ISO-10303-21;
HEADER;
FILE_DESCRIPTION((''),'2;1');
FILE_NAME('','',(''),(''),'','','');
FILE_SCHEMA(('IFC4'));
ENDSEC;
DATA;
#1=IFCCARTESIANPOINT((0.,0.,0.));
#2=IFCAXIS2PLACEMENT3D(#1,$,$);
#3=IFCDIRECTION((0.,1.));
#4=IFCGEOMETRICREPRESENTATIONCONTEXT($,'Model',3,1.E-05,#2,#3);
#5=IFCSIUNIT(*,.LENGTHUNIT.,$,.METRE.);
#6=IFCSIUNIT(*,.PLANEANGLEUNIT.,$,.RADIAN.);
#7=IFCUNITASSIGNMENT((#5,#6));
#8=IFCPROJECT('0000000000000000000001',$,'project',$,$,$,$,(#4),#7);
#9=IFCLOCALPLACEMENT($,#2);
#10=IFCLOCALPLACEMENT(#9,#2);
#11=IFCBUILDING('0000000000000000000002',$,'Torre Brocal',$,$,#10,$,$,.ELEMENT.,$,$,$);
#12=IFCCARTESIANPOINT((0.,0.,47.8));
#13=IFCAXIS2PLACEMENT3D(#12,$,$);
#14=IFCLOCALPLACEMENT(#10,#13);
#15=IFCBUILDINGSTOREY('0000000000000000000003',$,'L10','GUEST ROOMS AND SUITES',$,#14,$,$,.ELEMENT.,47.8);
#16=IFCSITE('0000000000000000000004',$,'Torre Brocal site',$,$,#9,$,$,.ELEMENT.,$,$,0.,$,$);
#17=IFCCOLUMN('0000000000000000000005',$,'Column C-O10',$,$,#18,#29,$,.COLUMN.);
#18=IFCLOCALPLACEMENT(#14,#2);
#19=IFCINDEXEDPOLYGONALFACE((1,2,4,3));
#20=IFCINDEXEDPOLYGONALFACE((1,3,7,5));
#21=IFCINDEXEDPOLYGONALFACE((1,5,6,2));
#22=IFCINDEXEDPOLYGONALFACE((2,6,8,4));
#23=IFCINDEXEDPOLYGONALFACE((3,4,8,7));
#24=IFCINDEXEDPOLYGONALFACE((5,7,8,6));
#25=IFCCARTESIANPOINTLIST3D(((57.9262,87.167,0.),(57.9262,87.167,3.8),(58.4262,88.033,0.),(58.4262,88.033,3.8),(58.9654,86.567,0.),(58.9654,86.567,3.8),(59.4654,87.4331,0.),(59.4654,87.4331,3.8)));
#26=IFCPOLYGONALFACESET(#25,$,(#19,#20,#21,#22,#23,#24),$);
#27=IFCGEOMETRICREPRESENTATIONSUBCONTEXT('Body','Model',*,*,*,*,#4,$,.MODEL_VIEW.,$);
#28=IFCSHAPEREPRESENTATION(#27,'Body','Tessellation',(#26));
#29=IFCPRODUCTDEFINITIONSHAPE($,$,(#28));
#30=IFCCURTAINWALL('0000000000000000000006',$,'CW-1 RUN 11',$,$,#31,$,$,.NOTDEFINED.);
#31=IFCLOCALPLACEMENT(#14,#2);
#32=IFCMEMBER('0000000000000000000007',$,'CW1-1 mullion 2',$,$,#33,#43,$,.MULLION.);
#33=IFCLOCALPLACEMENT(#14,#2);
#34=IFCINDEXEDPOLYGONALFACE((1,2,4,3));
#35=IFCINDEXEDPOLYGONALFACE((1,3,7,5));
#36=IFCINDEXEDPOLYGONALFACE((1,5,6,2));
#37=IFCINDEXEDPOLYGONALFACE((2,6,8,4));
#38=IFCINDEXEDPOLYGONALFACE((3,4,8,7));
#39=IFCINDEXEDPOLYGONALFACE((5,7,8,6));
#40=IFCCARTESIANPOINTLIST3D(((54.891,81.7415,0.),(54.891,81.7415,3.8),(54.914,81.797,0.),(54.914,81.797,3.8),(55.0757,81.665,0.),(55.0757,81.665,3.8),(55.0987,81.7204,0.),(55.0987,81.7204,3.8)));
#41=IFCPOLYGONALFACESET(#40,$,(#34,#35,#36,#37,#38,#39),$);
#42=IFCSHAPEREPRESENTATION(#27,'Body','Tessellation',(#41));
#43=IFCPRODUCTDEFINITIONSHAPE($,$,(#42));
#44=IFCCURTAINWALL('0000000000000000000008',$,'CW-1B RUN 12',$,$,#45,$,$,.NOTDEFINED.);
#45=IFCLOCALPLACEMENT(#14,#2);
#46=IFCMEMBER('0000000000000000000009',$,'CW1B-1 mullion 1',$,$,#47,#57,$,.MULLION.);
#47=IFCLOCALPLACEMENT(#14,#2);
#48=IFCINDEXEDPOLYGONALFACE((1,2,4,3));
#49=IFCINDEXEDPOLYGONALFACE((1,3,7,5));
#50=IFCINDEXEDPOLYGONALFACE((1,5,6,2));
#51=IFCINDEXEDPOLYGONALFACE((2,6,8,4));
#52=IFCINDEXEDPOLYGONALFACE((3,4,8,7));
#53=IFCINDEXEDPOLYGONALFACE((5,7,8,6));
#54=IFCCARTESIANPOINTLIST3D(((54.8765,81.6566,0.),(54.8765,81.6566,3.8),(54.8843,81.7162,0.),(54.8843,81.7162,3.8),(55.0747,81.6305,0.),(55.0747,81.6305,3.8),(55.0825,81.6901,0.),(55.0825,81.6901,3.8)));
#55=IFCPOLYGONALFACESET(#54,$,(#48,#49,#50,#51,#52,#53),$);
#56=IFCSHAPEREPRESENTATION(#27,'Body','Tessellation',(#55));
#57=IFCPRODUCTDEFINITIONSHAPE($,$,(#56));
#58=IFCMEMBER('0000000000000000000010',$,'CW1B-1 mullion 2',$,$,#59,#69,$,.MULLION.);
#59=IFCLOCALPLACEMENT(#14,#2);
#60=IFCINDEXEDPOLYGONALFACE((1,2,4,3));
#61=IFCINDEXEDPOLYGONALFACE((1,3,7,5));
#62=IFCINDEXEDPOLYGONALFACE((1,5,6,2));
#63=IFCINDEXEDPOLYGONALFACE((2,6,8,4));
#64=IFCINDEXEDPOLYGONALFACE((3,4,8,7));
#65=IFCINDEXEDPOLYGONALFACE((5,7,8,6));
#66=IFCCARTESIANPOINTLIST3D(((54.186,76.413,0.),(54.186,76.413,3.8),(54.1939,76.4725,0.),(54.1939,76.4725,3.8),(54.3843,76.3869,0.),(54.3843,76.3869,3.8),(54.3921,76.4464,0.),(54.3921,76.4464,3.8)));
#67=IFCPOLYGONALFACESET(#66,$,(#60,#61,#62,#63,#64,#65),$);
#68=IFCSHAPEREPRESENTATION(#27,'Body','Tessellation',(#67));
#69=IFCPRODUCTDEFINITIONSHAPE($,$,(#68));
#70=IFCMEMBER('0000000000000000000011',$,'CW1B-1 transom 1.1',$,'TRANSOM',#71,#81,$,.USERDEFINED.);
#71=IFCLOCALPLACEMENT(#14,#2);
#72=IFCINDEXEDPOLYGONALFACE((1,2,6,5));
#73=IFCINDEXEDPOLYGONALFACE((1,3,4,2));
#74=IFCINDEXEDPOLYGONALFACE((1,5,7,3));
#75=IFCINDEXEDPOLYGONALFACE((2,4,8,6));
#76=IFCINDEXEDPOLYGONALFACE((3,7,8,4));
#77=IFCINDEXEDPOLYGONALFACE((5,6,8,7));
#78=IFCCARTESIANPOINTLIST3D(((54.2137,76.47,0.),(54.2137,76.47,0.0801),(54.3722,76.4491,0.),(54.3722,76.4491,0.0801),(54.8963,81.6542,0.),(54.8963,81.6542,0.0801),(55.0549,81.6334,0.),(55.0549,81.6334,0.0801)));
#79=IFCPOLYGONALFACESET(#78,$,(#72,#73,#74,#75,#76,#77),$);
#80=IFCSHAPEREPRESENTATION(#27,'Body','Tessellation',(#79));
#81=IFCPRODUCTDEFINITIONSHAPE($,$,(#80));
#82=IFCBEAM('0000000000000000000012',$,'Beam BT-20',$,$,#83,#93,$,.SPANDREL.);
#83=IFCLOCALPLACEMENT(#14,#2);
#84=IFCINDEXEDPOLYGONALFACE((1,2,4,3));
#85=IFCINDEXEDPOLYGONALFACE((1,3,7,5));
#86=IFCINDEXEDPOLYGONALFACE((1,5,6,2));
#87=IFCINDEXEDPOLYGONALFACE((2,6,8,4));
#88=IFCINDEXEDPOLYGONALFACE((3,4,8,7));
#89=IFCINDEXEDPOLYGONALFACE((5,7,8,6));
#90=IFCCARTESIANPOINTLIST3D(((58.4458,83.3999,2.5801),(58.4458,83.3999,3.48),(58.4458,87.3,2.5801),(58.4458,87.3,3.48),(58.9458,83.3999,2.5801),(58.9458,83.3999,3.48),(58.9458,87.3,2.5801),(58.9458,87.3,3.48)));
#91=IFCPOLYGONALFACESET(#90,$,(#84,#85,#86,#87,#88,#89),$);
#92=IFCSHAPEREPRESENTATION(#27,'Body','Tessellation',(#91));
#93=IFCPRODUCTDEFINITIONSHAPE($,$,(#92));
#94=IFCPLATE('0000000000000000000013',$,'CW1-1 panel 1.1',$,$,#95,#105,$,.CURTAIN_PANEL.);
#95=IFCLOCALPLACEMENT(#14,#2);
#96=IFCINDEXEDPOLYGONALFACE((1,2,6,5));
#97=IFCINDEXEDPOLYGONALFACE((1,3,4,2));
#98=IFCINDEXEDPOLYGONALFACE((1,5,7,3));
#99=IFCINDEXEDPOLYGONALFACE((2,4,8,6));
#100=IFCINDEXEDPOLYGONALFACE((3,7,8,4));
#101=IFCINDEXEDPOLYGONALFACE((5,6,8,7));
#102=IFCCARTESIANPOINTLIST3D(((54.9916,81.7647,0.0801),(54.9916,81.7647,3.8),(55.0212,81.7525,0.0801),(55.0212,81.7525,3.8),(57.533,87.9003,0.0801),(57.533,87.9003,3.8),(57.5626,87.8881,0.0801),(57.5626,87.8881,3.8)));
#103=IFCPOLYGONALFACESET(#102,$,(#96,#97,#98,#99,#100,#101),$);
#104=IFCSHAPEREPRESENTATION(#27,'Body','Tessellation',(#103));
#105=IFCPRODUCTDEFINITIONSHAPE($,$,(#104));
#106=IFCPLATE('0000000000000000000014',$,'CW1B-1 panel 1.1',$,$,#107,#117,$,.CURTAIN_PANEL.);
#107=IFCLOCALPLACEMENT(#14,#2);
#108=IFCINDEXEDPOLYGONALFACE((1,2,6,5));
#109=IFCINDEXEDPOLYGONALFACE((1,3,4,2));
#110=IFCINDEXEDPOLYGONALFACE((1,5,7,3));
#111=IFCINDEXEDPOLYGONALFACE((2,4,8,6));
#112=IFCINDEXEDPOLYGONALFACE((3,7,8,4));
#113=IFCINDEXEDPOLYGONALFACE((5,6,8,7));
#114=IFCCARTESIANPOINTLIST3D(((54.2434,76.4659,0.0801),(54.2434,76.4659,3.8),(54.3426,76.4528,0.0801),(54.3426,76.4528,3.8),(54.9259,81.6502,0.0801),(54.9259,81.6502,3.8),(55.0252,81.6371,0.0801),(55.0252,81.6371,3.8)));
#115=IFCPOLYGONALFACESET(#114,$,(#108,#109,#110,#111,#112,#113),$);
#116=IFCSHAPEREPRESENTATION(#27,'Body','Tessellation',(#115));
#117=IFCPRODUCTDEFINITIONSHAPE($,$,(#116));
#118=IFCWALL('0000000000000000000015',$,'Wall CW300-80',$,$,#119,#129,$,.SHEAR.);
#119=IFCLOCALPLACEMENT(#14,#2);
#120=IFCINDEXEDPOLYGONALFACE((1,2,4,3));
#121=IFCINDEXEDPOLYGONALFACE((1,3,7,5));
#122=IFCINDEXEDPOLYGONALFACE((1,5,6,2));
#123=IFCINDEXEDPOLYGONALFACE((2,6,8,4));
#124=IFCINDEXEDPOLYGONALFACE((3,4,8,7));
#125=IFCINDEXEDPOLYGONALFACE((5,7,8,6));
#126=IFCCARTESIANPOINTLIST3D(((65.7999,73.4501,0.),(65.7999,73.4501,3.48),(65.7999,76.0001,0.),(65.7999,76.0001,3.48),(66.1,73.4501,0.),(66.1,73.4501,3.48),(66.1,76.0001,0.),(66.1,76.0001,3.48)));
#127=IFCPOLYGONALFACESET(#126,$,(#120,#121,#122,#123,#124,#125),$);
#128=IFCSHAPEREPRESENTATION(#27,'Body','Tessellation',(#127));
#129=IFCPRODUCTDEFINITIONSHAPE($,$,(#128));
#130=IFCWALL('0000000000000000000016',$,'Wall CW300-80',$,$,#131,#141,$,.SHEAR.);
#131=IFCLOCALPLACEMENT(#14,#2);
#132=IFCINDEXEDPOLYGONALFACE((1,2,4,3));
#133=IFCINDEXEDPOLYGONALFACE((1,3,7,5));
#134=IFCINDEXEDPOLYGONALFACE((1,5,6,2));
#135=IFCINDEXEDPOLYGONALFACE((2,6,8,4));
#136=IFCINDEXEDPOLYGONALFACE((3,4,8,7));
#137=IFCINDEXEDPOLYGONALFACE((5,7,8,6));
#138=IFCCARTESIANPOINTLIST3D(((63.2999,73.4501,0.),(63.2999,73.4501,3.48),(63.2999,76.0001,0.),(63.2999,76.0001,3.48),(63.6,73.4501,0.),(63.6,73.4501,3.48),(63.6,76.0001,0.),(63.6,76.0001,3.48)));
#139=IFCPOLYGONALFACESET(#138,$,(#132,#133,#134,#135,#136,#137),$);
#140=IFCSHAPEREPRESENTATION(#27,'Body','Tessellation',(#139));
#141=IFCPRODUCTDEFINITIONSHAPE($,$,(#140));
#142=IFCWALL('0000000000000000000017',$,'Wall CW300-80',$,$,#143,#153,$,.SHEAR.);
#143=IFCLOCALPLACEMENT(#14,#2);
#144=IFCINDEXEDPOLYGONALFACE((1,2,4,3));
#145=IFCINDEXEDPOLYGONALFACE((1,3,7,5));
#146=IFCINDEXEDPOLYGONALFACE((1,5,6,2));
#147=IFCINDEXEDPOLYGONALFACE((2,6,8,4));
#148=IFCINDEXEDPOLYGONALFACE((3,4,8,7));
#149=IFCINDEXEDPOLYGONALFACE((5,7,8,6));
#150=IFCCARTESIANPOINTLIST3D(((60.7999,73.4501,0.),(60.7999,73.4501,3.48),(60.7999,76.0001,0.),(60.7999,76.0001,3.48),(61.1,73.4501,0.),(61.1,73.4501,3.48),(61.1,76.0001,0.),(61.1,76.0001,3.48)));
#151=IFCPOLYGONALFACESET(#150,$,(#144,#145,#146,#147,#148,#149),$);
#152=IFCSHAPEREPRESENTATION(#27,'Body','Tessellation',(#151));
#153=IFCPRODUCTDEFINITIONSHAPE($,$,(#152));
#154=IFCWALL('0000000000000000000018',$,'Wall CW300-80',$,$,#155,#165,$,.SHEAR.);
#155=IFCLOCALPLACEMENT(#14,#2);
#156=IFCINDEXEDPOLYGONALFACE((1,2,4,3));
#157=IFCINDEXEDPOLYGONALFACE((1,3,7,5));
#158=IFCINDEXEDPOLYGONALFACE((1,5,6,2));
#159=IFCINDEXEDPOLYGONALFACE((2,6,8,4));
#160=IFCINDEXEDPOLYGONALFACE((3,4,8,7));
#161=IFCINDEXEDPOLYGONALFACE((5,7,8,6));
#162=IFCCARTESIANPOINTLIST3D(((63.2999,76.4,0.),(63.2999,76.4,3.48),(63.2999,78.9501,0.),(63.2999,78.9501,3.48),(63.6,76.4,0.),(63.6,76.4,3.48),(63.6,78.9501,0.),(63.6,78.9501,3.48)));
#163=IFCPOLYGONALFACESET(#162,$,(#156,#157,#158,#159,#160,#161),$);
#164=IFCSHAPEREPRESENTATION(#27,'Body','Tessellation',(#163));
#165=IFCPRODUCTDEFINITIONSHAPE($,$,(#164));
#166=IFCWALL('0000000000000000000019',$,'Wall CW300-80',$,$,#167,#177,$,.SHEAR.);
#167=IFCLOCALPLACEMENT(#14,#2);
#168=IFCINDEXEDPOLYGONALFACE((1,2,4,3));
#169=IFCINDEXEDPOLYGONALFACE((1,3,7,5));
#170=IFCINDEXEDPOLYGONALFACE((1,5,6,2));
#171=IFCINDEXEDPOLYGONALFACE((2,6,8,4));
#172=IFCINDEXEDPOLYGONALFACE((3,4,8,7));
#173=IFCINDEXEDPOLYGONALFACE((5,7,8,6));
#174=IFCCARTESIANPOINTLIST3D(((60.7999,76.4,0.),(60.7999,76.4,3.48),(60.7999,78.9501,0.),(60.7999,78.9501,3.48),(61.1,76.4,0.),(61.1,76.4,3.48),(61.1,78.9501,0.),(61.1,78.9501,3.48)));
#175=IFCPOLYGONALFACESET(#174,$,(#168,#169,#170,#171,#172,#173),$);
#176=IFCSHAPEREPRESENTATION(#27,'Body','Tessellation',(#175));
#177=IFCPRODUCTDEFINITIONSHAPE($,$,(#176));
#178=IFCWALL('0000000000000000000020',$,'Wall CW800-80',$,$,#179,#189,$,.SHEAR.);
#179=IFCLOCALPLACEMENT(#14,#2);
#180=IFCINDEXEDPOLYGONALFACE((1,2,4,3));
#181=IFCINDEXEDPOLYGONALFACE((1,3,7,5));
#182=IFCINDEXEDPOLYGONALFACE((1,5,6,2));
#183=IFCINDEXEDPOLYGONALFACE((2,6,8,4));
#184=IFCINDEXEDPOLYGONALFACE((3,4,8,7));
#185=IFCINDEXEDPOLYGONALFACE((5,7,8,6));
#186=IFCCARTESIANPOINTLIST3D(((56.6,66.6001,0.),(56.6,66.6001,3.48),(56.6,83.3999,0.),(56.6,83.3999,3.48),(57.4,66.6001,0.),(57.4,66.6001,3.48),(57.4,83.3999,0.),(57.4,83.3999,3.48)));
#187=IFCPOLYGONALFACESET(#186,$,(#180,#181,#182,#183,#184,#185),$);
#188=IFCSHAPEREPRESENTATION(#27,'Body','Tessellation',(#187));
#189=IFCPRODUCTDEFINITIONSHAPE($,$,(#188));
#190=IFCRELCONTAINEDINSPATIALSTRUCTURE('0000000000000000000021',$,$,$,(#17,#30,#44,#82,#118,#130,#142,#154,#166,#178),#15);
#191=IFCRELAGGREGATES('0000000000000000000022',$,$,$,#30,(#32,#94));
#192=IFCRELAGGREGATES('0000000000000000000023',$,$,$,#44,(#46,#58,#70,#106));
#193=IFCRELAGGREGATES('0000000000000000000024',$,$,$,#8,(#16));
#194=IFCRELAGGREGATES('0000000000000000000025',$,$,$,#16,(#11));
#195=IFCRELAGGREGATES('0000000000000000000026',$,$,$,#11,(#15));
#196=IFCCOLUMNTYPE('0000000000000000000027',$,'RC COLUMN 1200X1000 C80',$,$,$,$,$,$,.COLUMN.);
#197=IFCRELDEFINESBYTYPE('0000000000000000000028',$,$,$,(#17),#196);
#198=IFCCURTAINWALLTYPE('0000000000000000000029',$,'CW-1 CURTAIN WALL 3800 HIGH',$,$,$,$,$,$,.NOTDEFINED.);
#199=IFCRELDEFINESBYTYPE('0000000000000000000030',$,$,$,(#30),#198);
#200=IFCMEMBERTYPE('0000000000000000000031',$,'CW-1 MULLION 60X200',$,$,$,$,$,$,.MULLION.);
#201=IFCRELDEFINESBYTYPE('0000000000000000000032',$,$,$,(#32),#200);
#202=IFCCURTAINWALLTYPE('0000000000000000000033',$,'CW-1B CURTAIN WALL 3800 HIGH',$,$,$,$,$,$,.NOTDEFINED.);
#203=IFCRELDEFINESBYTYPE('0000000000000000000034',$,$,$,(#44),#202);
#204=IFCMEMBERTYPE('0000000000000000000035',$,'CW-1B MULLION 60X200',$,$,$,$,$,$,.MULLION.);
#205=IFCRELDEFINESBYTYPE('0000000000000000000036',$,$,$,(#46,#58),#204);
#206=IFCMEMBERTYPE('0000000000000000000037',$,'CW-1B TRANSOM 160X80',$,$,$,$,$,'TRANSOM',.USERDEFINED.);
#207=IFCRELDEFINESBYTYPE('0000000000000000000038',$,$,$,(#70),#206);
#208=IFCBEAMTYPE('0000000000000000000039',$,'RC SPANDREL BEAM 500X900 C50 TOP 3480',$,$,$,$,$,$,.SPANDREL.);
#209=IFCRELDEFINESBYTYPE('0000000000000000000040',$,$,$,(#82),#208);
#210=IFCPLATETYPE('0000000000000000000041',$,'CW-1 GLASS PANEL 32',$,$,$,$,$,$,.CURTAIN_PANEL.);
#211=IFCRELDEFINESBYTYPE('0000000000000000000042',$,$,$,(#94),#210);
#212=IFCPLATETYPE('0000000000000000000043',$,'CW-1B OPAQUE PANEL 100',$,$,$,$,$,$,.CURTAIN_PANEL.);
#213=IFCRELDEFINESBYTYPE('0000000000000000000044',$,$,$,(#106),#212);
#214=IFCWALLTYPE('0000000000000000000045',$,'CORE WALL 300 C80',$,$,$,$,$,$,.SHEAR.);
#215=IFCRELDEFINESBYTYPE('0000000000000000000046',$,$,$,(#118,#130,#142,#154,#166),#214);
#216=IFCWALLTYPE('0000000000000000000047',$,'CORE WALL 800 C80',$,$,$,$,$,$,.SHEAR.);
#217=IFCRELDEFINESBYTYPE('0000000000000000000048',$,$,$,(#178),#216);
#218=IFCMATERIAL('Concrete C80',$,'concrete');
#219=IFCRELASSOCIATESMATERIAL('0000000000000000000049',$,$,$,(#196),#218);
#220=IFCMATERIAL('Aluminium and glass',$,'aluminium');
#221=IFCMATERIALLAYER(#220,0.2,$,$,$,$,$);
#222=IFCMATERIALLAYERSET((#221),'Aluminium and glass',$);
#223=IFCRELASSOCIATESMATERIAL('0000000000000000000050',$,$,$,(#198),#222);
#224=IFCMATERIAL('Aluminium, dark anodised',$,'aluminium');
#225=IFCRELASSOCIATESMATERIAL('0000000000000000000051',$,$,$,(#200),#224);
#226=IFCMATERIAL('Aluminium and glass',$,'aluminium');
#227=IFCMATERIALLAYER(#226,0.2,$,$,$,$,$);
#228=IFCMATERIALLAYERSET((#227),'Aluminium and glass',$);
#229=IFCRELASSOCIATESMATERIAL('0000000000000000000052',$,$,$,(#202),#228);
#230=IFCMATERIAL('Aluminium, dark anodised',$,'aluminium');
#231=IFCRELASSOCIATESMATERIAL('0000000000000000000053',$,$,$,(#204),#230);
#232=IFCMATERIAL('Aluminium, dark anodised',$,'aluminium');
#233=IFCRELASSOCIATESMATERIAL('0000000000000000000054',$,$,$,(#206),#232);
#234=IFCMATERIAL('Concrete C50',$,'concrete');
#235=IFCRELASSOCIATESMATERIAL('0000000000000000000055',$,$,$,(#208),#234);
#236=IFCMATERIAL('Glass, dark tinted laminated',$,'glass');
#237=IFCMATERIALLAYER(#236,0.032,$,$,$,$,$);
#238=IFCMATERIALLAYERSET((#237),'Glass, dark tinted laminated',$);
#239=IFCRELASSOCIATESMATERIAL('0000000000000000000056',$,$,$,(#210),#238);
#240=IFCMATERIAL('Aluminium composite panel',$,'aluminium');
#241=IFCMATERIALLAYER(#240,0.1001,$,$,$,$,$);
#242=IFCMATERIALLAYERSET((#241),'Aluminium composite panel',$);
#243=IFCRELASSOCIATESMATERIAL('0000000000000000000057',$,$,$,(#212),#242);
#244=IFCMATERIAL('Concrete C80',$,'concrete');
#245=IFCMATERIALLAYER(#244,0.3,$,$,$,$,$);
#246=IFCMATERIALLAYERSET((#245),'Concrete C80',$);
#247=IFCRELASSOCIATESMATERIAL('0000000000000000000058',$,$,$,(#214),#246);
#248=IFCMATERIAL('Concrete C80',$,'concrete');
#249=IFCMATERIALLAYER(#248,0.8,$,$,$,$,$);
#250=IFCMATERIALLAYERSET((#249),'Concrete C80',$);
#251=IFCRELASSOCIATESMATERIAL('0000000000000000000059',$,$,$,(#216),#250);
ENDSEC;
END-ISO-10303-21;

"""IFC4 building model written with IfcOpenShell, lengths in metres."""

from ifc_helpers import new_model, si_unit, direction, frame, frame_2d, origin, origin_2d, place, context, subcontext, project, spatial, rectangle, extrude, material, layer, layer_set, material_profile, profile_set, type_object, element, aggregate, save


model = new_model("IFC4")

# Units and contexts
model_context = context("Model", 3, precision=1e-05, world=origin(), true_north=direction((0.0, 1.0)))
body_context = subcontext(model_context, "Body", "Model", "MODEL_VIEW")
ifc_project = project(units=[si_unit("LENGTHUNIT", "METRE"), si_unit("PLANEANGLEUNIT", "RADIAN")], contexts=[model_context])

# Site, building, storey
site_placement = place(None, origin())
site = spatial("IfcSite", under=ifc_project, at=site_placement, Name="Torre Brocal site", CompositionType="ELEMENT", RefElevation=0.0)
building_placement = place(site_placement, origin())
building = spatial("IfcBuilding", under=site, at=building_placement, Name="Torre Brocal", CompositionType="ELEMENT")
storey_placement = place(building_placement, frame((0.0, 0.0, 47.8)))
storey = spatial("IfcBuildingStorey", under=building, at=storey_placement, Name="L10", Description="GUEST ROOMS AND SUITES", CompositionType="ELEMENT", Elevation=47.8)

# Column
ifc_material_1 = material(Name="Concrete C80", Category="concrete")
ifc_material_profile_1 = material_profile(ifc_material_1, rectangle(XDim=1.2, YDim=1.0, at=origin_2d()), Name="RC 1200X1000")
ifc_profile_set_1 = profile_set([ifc_material_profile_1], Name="Concrete C80")
column_type = type_object("IfcColumnType", Name="RC COLUMN 1200X1000 C80", PredefinedType="COLUMN", material=ifc_profile_set_1)
column_placement = place(storey_placement, frame((58.6958, 87.3, 0.0), z_axis=(0.0, 0.0, 1.0), x_axis=(-0.866025, 0.5, 0.0)))
element("IfcColumn", 1, at=column_placement, inside=storey, type_object=column_type, Name="Column C-O10", PredefinedType="COLUMN", context=body_context, shape_type="SweptSolid", body=[
    extrude(rectangle(XDim=1.2, YDim=1.0, at=origin_2d()), origin(), (0.0, 0.0, 1.0), 3.8),
])

# Curtain wall, member
ifc_material_2 = material(Name="Aluminium and glass", Category="aluminium")
ifc_layer_1 = layer(ifc_material_2, 0.2)
ifc_layer_set_1 = layer_set([ifc_layer_1], Name="Aluminium and glass")
curtain_wall_type_1 = type_object("IfcCurtainWallType", Name="CW-1 CURTAIN WALL 3800 HIGH", PredefinedType="NOTDEFINED", material=ifc_layer_set_1)
curtain_wall_1_placement = place(storey_placement, origin())
curtain_wall_1 = element("IfcCurtainWall", 2, at=curtain_wall_1_placement, inside=storey, type_object=curtain_wall_type_1, Name="CW-1 RUN 11", PredefinedType="NOTDEFINED")
ifc_material_3 = material(Name="Aluminium, dark anodised", Category="aluminium")
ifc_material_profile_2 = material_profile(ifc_material_3, rectangle(XDim=0.2, YDim=0.0601, at=origin_2d()), Name="CW-1 MULLION 60X200")
ifc_profile_set_2 = profile_set([ifc_material_profile_2], Name="Aluminium, dark anodised")
member_type_1 = type_object("IfcMemberType", Name="CW-1 MULLION 60X200", PredefinedType="MULLION", material=ifc_profile_set_2)
member_1_placement = place(storey_placement, frame((54.9949, 81.731, 0.0), z_axis=(0.0, 0.0, 1.0), x_axis=(0.92388, -0.382683, 0.0)))
member_1 = element("IfcMember", 3, at=member_1_placement, type_object=member_type_1, Name="CW1-1 mullion 2", PredefinedType="MULLION", context=body_context, shape_type="SweptSolid", body=[
    extrude(rectangle(XDim=0.2, YDim=0.0601, at=origin_2d()), origin(), (0.0, 0.0, 1.0), 3.8),
])

# Curtain wall, members
ifc_material_4 = material(Name="Aluminium and glass", Category="aluminium")
ifc_layer_2 = layer(ifc_material_4, 0.2)
ifc_layer_set_2 = layer_set([ifc_layer_2], Name="Aluminium and glass")
curtain_wall_type_2 = type_object("IfcCurtainWallType", Name="CW-1B CURTAIN WALL 3800 HIGH", PredefinedType="NOTDEFINED", material=ifc_layer_set_2)
curtain_wall_2_placement = place(storey_placement, origin())
curtain_wall_2 = element("IfcCurtainWall", 4, at=curtain_wall_2_placement, inside=storey, type_object=curtain_wall_type_2, Name="CW-1B RUN 12", PredefinedType="NOTDEFINED")
ifc_material_5 = material(Name="Aluminium, dark anodised", Category="aluminium")
ifc_material_profile_3 = material_profile(ifc_material_5, rectangle(XDim=0.2, YDim=0.0601, at=origin_2d()), Name="CW-1B MULLION 60X200")
ifc_profile_set_3 = profile_set([ifc_material_profile_3], Name="Aluminium, dark anodised")
member_type_2 = type_object("IfcMemberType", Name="CW-1B MULLION 60X200", PredefinedType="MULLION", material=ifc_profile_set_3)
member_2_placement = place(storey_placement, frame((54.9795, 81.6733, 0.0), z_axis=(0.0, 0.0, 1.0), x_axis=(0.991445, -0.130526, 0.0)))
member_2 = element("IfcMember", 5, at=member_2_placement, type_object=member_type_2, Name="CW1B-1 mullion 1", PredefinedType="MULLION", context=body_context, shape_type="SweptSolid", body=[
    extrude(rectangle(XDim=0.2, YDim=0.0601, at=origin_2d()), origin(), (0.0, 0.0, 1.0), 3.8),
])
member_3_placement = place(storey_placement, frame((54.2891, 76.4297, 0.0), z_axis=(0.0, 0.0, 1.0), x_axis=(0.991445, -0.130526, 0.0)))
member_3 = element("IfcMember", 6, at=member_3_placement, type_object=member_type_2, Name="CW1B-1 mullion 2", PredefinedType="MULLION", context=body_context, shape_type="SweptSolid", body=[
    extrude(rectangle(XDim=0.2, YDim=0.0601, at=origin_2d()), origin(), (0.0, 0.0, 1.0), 3.8),
])
ifc_material_6 = material(Name="Aluminium, dark anodised", Category="aluminium")
ifc_material_profile_4 = material_profile(ifc_material_6, rectangle(XDim=0.1599, YDim=0.0801, at=origin_2d()), Name="CW-1B TRANSOM 160X80")
ifc_profile_set_4 = profile_set([ifc_material_profile_4], Name="Aluminium, dark anodised")
member_type_3 = type_object("IfcMemberType", Name="CW-1B TRANSOM 160X80", ElementType="TRANSOM", PredefinedType="USERDEFINED", material=ifc_profile_set_4)
member_4_placement = place(storey_placement, frame((54.9756, 81.6438, 0.04), z_axis=(-0.130543, -0.991443, 0.0), x_axis=(0.991443, -0.130543, 0.0)))
member_4 = element("IfcMember", 7, at=member_4_placement, type_object=member_type_3, Name="CW1B-1 transom 1.1", ObjectType="TRANSOM", PredefinedType="USERDEFINED", context=body_context, shape_type="SweptSolid", body=[
    extrude(rectangle(XDim=0.1599, YDim=0.0801, at=origin_2d()), origin(), (0.0, 0.0, 1.0), 5.229),
])

# Beam
ifc_material_7 = material(Name="Concrete C50", Category="concrete")
ifc_material_profile_5 = material_profile(ifc_material_7, rectangle(XDim=0.5, YDim=0.8999, at=origin_2d()), Name="RC 500X900")
ifc_profile_set_5 = profile_set([ifc_material_profile_5], Name="Concrete C50")
beam_type = type_object("IfcBeamType", Name="RC SPANDREL BEAM 500X900 C50 TOP 3480", PredefinedType="SPANDREL", material=ifc_profile_set_5)
beam_placement = place(storey_placement, frame((58.6958, 87.3, 3.03), z_axis=(0.0, -1.0, 0.0), x_axis=(1.0, 0.0, 0.0)))
element("IfcBeam", 8, at=beam_placement, inside=storey, type_object=beam_type, Name="Beam BT-20", PredefinedType="SPANDREL", context=body_context, shape_type="SweptSolid", body=[
    extrude(rectangle(XDim=0.5, YDim=0.8999, at=origin_2d()), origin(), (0.0, 0.0, 1.0), 3.9001),
])

# Plates
ifc_material_8 = material(Name="Glass, dark tinted laminated", Category="glass")
ifc_layer_3 = layer(ifc_material_8, 0.032)
ifc_layer_set_3 = layer_set([ifc_layer_3], Name="Glass, dark tinted laminated")
plate_type_1 = type_object("IfcPlateType", Name="CW-1 GLASS PANEL 32", PredefinedType="CURTAIN_PANEL", material=ifc_layer_set_3)
plate_1_placement = place(storey_placement, frame((56.2771, 84.8264, 0.0801), z_axis=(0.0, 0.0, 1.0), x_axis=(-0.382683, -0.92388, 0.0)))
plate_1 = element("IfcPlate", 9, at=plate_1_placement, type_object=plate_type_1, Name="CW1-1 panel 1.1", PredefinedType="CURTAIN_PANEL", context=body_context, shape_type="SweptSolid", body=[
    extrude(rectangle(XDim=6.6411, YDim=0.032, at=origin_2d()), origin(), (0.0, 0.0, 1.0), 3.72),
])
aggregate(curtain_wall_1, [member_1, plate_1])
ifc_material_9 = material(Name="Aluminium composite panel", Category="aluminium")
ifc_layer_4 = layer(ifc_material_9, 0.1001)
ifc_layer_set_4 = layer_set([ifc_layer_4], Name="Aluminium composite panel")
plate_type_2 = type_object("IfcPlateType", Name="CW-1B OPAQUE PANEL 100", PredefinedType="CURTAIN_PANEL", material=ifc_layer_set_4)
plate_2_placement = place(storey_placement, frame((54.6343, 79.0515, 0.0801), z_axis=(0.0, 0.0, 1.0), x_axis=(-0.130526, -0.991445, 0.0)))
plate_2 = element("IfcPlate", 10, at=plate_2_placement, type_object=plate_type_2, Name="CW1B-1 panel 1.1", PredefinedType="CURTAIN_PANEL", context=body_context, shape_type="SweptSolid", body=[
    extrude(rectangle(XDim=5.229, YDim=0.1001, at=origin_2d()), origin(), (0.0, 0.0, 1.0), 3.72),
])
aggregate(curtain_wall_2, [member_2, member_3, member_4, plate_2])

# Walls
ifc_material_10 = material(Name="Concrete C80", Category="concrete")
ifc_layer_5 = layer(ifc_material_10, 0.3)
ifc_layer_set_5 = layer_set([ifc_layer_5], Name="Concrete C80")
wall_type_1 = type_object("IfcWallType", Name="CORE WALL 300 C80", PredefinedType="SHEAR", material=ifc_layer_set_5)
for number, where, z_axis, x_axis, name in (
    (11, (65.95, 76.0, 0.0), (0.0, 0.0, 1.0), (0.0, -1.0, 0.0), "Wall CW300-80"),
    (12, (63.45, 76.0, 0.0), (0.0, 0.0, 1.0), (0.0, -1.0, 0.0), "Wall CW300-80"),
    (13, (60.95, 76.0, 0.0), (0.0, 0.0, 1.0), (0.0, -1.0, 0.0), "Wall CW300-80"),
    (14, (63.45, 78.95, 0.0), (0.0, 0.0, 1.0), (0.0, -1.0, 0.0), "Wall CW300-80"),
    (15, (60.95, 78.95, 0.0), (0.0, 0.0, 1.0), (0.0, -1.0, 0.0), "Wall CW300-80"),
):
    element("IfcWall", number, at=place(storey_placement, frame(where, z_axis=z_axis, x_axis=x_axis)), inside=storey, type_object=wall_type_1, Name=name, PredefinedType="SHEAR", context=body_context, shape_type="SweptSolid", body=[
        extrude(rectangle(XDim=2.55, YDim=0.3, at=frame_2d((1.2749, 0.0))), origin(), (0.0, 0.0, 1.0), 3.48),
    ])
ifc_material_11 = material(Name="Concrete C80", Category="concrete")
ifc_layer_6 = layer(ifc_material_11, 0.8)
ifc_layer_set_6 = layer_set([ifc_layer_6], Name="Concrete C80")
wall_type_2 = type_object("IfcWallType", Name="CORE WALL 800 C80", PredefinedType="SHEAR", material=ifc_layer_set_6)
wall_1_placement = place(storey_placement, frame((57.0, 83.3999, 0.0), z_axis=(0.0, 0.0, 1.0), x_axis=(0.0, -1.0, 0.0)))
element("IfcWall", 16, at=wall_1_placement, inside=storey, type_object=wall_type_2, Name="Wall CW800-80", PredefinedType="SHEAR", context=body_context, shape_type="SweptSolid", body=[
    extrude(rectangle(XDim=16.7998, YDim=0.8, at=frame_2d((8.3999, 0.0))), origin(), (0.0, 0.0, 1.0), 3.48),
])

save(model, "model.ifc")
